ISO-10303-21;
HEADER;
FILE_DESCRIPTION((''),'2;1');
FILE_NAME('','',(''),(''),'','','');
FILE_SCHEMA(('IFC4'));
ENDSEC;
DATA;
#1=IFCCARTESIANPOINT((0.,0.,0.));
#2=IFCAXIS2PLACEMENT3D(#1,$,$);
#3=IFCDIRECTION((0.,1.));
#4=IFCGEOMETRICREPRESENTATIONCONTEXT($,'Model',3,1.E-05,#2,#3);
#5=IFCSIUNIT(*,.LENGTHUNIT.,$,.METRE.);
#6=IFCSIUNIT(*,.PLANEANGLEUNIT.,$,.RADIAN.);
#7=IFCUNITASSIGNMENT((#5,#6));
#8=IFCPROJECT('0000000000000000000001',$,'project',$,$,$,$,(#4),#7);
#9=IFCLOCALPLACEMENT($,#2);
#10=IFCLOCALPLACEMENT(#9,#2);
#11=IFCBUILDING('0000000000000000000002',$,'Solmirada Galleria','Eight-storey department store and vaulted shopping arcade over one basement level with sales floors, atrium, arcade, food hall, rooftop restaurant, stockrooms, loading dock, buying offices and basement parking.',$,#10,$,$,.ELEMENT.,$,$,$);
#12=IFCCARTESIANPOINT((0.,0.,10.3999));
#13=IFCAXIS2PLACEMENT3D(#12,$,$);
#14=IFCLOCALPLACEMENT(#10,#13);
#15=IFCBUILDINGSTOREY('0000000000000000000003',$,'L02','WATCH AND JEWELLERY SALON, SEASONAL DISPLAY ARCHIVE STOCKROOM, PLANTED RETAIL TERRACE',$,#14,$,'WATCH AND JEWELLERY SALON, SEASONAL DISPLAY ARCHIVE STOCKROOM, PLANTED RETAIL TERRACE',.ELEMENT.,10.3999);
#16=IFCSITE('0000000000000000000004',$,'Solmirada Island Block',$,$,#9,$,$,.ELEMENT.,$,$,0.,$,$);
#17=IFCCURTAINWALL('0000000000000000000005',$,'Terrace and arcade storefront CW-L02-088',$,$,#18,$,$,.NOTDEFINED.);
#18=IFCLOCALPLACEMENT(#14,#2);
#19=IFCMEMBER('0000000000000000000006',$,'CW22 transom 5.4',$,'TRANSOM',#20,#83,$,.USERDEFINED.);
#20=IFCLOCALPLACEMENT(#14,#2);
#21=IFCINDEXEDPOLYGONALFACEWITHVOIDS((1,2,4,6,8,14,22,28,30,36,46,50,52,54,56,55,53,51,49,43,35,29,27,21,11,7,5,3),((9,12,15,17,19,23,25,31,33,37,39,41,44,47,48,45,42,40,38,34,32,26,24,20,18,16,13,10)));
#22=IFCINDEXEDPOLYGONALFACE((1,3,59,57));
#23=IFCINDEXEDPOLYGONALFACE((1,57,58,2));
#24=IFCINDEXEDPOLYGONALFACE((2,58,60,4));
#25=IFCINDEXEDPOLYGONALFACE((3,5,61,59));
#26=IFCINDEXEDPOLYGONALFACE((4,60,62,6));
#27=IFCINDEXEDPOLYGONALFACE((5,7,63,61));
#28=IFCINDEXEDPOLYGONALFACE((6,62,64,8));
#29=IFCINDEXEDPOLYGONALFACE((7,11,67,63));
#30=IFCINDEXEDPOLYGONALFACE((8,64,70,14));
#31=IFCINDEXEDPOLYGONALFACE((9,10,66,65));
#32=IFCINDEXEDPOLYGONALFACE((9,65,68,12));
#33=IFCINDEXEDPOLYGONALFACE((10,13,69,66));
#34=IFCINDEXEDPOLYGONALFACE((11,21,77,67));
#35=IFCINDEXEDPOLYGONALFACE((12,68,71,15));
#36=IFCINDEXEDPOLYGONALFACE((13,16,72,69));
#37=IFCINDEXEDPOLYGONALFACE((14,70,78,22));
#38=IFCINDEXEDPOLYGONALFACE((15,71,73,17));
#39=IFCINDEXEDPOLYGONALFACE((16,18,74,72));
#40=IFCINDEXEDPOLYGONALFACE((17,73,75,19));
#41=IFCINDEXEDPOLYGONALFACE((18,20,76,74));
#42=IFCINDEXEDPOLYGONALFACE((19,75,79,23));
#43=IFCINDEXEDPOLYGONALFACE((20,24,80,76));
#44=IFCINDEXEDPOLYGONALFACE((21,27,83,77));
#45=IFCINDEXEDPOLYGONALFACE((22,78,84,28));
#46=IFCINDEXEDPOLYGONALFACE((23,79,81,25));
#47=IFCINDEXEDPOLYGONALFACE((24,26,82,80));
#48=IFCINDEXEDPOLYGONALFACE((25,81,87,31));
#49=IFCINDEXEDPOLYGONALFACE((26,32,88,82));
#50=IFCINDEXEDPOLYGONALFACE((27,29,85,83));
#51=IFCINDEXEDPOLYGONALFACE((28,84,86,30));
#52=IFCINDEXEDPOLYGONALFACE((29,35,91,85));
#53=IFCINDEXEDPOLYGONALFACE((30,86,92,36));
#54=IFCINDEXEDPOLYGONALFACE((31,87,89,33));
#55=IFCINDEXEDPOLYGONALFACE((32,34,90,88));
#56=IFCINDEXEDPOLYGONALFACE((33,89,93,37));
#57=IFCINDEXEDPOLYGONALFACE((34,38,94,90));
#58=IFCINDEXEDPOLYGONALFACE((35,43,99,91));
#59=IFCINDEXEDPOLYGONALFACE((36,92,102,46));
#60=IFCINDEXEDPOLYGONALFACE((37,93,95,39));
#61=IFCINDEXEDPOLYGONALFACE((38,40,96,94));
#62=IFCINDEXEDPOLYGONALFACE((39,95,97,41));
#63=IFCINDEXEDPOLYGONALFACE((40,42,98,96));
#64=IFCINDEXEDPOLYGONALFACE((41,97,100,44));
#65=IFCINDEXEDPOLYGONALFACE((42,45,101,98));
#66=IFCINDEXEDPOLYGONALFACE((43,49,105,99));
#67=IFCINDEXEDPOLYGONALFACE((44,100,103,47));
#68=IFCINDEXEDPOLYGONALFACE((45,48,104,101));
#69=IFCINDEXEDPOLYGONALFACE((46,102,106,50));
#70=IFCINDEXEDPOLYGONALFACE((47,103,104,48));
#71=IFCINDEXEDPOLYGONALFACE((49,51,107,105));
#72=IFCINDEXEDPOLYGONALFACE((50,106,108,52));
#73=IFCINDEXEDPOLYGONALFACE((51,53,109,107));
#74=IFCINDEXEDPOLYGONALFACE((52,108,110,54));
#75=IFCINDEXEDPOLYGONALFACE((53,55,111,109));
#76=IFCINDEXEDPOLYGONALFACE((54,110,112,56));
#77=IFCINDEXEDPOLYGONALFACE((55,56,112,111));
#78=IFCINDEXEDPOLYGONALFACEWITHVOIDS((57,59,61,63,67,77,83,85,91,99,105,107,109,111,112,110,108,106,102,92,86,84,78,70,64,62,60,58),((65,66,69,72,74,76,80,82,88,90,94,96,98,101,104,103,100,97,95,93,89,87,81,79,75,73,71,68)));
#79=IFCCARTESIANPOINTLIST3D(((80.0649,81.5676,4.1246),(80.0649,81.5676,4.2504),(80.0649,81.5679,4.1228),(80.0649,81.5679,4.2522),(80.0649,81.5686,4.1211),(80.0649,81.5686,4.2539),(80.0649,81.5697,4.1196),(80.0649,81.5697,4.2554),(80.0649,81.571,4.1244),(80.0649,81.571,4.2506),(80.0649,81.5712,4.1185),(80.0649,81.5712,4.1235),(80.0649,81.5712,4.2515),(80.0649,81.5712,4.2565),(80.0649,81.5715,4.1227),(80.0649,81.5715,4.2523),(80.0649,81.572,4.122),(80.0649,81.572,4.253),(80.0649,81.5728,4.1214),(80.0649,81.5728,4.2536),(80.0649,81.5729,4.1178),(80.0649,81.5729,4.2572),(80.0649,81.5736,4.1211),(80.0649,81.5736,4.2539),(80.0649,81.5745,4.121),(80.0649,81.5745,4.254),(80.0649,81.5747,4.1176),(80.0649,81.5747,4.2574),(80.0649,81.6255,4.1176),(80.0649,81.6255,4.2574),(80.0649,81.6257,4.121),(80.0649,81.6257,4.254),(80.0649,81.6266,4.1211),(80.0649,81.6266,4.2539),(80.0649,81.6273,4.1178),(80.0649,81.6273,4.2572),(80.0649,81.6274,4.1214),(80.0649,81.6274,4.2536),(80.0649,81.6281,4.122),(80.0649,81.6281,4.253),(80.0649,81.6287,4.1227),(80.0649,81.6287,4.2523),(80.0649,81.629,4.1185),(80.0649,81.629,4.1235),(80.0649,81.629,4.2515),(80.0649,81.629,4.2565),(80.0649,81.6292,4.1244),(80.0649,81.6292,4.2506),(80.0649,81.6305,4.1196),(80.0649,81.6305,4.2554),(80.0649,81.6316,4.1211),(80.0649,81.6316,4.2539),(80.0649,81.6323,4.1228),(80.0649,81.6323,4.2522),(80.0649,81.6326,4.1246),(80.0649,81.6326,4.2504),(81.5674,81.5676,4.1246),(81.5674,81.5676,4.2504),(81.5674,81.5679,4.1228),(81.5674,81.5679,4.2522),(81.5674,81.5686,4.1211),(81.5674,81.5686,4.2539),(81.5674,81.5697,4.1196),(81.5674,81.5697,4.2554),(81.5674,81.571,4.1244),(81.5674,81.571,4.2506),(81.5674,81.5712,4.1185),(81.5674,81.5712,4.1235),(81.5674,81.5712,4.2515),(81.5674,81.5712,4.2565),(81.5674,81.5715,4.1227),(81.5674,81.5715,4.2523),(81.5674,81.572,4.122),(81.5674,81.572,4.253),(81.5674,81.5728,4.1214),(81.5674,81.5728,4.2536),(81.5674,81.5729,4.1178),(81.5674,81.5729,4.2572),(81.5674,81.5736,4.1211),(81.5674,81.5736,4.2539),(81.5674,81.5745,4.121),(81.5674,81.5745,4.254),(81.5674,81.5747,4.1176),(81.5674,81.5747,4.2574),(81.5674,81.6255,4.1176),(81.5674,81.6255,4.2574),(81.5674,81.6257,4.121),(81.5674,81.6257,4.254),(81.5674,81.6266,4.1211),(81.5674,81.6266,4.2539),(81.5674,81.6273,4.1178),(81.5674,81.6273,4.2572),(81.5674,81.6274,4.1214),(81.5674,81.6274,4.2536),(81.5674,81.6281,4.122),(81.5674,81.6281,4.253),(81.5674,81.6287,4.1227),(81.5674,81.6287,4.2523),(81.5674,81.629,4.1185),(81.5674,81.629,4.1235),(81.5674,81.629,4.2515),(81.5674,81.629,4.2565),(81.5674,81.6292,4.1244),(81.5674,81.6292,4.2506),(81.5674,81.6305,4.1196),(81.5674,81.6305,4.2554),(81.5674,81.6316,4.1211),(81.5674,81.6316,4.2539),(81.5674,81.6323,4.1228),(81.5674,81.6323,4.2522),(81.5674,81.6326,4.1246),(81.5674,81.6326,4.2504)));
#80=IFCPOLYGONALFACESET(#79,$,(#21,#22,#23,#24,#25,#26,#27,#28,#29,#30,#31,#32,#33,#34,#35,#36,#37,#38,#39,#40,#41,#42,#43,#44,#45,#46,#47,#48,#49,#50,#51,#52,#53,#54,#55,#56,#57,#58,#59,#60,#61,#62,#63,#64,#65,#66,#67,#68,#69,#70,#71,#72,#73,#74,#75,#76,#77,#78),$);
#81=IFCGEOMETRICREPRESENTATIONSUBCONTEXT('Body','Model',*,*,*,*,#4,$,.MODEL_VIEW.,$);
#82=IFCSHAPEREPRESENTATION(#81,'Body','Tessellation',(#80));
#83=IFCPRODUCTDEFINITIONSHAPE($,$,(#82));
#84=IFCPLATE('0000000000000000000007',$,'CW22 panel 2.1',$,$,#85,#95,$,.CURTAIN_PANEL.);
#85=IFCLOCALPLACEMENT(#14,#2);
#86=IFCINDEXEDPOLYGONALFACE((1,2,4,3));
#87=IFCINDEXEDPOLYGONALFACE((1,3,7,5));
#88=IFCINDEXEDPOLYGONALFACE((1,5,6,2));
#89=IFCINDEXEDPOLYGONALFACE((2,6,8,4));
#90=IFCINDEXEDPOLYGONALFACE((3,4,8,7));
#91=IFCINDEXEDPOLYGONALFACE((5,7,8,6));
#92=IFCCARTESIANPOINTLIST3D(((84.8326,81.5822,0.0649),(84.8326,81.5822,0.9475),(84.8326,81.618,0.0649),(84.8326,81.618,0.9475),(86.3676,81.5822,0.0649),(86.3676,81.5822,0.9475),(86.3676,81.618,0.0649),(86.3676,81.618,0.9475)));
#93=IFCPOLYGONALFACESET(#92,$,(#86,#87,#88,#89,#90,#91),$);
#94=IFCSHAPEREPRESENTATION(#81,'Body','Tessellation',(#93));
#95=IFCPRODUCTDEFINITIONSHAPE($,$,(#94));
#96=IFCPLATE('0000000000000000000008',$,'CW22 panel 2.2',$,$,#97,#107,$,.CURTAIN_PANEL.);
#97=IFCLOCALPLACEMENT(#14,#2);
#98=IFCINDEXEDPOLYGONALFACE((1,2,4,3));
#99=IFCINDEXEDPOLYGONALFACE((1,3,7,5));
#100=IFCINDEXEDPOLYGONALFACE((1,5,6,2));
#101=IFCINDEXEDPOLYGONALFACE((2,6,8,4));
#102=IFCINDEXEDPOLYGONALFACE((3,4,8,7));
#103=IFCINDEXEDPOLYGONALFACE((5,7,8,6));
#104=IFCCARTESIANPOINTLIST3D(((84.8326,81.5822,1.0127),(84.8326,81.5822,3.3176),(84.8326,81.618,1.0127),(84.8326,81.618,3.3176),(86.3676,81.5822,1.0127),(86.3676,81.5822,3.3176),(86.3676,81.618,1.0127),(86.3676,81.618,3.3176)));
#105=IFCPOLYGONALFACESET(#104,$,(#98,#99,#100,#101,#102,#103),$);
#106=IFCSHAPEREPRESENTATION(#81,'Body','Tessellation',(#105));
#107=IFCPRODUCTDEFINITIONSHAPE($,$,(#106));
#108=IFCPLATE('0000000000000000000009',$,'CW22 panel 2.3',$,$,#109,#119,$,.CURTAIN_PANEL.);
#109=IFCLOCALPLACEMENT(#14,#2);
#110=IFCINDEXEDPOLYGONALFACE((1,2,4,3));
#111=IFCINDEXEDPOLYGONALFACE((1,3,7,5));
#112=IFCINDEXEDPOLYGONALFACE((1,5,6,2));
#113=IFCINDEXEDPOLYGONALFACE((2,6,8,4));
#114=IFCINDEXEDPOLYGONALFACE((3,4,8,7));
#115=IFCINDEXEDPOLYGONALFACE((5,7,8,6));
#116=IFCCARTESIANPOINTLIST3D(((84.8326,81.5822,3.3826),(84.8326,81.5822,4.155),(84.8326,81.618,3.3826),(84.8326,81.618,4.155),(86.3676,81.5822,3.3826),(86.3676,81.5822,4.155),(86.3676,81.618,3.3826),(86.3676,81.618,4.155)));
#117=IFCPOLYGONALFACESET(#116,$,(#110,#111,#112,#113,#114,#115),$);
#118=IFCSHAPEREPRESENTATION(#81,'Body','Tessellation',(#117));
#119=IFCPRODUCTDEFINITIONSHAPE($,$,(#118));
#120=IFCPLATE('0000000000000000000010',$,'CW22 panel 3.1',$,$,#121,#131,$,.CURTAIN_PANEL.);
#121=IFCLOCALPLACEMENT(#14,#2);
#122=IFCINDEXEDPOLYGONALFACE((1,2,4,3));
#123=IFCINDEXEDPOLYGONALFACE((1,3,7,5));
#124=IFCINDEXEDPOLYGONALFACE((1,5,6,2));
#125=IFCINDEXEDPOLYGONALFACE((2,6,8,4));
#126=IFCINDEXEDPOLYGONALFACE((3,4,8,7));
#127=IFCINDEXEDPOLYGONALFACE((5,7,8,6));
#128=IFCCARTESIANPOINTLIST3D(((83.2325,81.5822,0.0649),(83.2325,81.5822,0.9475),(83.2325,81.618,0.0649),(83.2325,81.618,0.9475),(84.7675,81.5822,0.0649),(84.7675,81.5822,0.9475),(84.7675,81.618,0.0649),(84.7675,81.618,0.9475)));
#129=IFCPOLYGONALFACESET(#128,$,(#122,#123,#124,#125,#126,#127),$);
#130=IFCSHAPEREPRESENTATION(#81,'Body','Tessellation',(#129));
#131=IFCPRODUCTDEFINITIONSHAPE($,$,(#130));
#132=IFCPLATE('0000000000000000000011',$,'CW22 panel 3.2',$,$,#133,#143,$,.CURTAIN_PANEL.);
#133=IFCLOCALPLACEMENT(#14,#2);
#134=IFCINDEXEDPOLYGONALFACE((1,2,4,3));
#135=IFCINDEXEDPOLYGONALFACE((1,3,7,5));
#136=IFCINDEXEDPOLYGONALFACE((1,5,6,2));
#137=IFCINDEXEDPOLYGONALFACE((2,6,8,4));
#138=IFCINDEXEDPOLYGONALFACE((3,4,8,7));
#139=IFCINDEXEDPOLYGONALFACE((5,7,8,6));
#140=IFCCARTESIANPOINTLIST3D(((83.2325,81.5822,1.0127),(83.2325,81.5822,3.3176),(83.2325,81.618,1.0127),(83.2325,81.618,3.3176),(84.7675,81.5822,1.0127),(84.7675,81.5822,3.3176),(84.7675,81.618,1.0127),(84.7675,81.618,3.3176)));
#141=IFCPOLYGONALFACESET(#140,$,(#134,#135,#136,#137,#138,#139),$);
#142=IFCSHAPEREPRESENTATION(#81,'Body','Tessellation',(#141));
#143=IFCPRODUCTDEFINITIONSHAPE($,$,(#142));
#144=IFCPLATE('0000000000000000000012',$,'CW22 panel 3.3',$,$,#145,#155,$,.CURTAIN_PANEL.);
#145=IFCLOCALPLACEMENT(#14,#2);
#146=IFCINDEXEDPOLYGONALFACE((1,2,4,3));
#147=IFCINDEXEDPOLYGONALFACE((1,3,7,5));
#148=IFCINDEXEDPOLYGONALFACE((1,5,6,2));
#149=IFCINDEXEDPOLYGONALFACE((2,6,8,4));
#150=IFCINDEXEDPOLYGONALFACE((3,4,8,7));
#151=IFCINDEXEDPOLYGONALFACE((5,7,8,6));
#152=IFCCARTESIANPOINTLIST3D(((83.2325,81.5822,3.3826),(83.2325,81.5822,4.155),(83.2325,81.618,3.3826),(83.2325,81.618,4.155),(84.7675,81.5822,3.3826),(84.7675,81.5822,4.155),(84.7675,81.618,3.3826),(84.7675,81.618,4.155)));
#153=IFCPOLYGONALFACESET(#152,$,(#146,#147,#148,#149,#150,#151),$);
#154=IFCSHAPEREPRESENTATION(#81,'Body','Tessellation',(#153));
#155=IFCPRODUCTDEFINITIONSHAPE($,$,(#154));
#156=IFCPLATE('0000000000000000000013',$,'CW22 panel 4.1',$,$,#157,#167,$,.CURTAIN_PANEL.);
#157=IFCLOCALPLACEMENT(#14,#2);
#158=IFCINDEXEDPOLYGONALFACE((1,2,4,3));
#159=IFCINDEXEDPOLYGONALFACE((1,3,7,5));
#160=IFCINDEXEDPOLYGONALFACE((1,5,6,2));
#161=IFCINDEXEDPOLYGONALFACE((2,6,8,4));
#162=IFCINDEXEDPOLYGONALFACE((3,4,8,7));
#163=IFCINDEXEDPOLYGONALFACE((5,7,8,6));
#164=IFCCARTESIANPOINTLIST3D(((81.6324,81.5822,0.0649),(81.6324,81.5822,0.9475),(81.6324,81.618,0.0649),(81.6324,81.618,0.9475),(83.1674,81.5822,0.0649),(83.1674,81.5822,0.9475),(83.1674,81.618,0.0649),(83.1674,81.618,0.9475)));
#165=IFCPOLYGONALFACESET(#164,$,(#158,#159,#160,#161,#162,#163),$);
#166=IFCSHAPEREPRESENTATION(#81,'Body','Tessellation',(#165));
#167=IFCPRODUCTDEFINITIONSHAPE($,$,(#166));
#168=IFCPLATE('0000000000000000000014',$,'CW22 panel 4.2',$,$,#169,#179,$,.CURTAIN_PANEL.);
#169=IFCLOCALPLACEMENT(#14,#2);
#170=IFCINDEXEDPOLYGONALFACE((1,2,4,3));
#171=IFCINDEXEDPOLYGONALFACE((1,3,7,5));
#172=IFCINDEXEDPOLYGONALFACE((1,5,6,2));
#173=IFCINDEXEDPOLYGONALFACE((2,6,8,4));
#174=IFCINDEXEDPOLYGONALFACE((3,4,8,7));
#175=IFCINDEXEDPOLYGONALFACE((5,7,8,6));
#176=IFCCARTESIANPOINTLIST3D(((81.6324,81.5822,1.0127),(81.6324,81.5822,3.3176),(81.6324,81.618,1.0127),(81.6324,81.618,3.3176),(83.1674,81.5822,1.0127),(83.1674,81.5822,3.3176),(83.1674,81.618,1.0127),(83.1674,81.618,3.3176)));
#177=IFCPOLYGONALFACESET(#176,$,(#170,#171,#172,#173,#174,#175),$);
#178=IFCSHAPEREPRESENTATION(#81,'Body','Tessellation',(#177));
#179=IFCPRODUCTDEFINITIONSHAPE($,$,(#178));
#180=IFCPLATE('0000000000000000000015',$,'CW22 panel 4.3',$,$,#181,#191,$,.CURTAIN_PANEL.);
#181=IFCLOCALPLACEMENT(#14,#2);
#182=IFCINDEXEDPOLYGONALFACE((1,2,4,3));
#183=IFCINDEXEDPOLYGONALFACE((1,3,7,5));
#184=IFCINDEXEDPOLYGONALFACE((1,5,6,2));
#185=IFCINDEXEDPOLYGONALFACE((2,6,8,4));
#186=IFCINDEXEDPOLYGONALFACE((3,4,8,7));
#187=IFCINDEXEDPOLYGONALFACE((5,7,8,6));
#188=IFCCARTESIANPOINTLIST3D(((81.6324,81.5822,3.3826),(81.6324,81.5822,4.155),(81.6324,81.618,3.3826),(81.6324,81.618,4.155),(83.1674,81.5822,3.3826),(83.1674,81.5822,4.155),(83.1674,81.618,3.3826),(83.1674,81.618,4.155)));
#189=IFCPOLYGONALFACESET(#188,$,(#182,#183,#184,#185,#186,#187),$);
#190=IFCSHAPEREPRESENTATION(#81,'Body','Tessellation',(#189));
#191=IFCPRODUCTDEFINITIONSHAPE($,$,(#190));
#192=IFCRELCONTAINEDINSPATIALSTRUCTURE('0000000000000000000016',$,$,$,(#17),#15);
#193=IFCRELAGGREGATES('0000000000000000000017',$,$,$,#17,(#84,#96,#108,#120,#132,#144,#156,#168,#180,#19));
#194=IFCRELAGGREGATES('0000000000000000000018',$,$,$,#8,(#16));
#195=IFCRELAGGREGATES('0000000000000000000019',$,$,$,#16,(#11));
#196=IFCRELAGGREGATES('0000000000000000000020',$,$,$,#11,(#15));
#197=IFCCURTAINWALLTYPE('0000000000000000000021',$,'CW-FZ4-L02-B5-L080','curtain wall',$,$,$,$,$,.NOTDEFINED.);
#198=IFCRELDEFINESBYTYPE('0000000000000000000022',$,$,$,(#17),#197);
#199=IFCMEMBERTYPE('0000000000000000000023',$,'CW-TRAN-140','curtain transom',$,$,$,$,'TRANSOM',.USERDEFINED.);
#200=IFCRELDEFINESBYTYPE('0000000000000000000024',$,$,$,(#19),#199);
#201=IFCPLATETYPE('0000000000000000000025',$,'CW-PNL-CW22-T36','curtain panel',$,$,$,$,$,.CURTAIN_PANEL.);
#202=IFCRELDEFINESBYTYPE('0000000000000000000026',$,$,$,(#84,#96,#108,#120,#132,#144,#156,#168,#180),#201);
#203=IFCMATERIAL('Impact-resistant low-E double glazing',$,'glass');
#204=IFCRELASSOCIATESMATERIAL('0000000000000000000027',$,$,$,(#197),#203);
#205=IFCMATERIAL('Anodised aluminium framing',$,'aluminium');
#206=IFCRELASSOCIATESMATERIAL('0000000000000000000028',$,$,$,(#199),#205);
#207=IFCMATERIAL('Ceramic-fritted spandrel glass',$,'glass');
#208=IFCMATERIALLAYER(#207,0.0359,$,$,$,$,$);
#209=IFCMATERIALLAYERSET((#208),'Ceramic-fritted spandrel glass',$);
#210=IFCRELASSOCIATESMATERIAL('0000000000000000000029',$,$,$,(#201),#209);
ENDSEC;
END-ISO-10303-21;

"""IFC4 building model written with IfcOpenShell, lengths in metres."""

from ifc_helpers import new_model, si_unit, direction, frame, origin, origin_2d, place, context, subcontext, project, spatial, rectangle, hollow_rectangle, extrude, material, layer, layer_set, material_profile, profile_set, type_object, element, aggregate, save


model = new_model("IFC4")

# Units and contexts
model_context = context("Model", 3, precision=1e-05, world=origin(), true_north=direction((0.0, 1.0)))
body_context = subcontext(model_context, "Body", "Model", "MODEL_VIEW")
ifc_project = project(units=[si_unit("LENGTHUNIT", "METRE"), si_unit("PLANEANGLEUNIT", "RADIAN")], contexts=[model_context])

# Site, building, storey
site_placement = place(None, origin())
site = spatial("IfcSite", under=ifc_project, at=site_placement, Name="Solmirada Island Block", CompositionType="ELEMENT", RefElevation=0.0)
building_placement = place(site_placement, origin())
building = spatial("IfcBuilding", under=site, at=building_placement, Name="Solmirada Galleria", Description="Eight-storey department store and vaulted shopping arcade over one basement level with sales floors, atrium, arcade, food hall, rooftop restaurant, stockrooms, loading dock, buying offices and basement parking.", CompositionType="ELEMENT")
storey_placement = place(building_placement, frame((0.0, 0.0, 10.3999)))
storey = spatial("IfcBuildingStorey", under=building, at=storey_placement, Name="L02", Description="WATCH AND JEWELLERY SALON, SEASONAL DISPLAY ARCHIVE STOCKROOM, PLANTED RETAIL TERRACE", LongName="WATCH AND JEWELLERY SALON, SEASONAL DISPLAY ARCHIVE STOCKROOM, PLANTED RETAIL TERRACE", CompositionType="ELEMENT", Elevation=10.3999)

# Curtain wall, member, plates
ifc_material_1 = material(Name="Impact-resistant low-E double glazing", Category="glass")
curtain_wall_type = type_object("IfcCurtainWallType", Name="CW-FZ4-L02-B5-L080", Description="curtain wall", PredefinedType="NOTDEFINED", material=ifc_material_1)
curtain_wall_placement = place(storey_placement, origin())
curtain_wall = element("IfcCurtainWall", 1, at=curtain_wall_placement, inside=storey, type_object=curtain_wall_type, Name="Terrace and arcade storefront CW-L02-088", PredefinedType="NOTDEFINED")
ifc_material_2 = material(Name="Anodised aluminium framing", Category="aluminium")
ifc_material_profile_1 = material_profile(ifc_material_2, hollow_rectangle(XDim=0.0649, YDim=0.1399, WallThickness=0.0034, InnerFilletRadius=0.0034, OuterFilletRadius=0.0071, at=origin_2d()), Name="ALU-TRAN-140X65")
ifc_profile_set_1 = profile_set([ifc_material_profile_1], Name="Anodised aluminium framing")
member_type_1 = type_object("IfcMemberType", Name="CW-TRAN-140", Description="curtain transom", ElementType="TRANSOM", PredefinedType="USERDEFINED", material=ifc_profile_set_1)
member_1_placement = place(storey_placement, frame((81.5674, 81.6001, 4.1875), z_axis=(-1.0, 0.0, 0.0), x_axis=(0.0, -1.0, 0.0)))
member_1 = element("IfcMember", 2, at=member_1_placement, type_object=member_type_1, Name="CW22 transom 5.4", ObjectType="TRANSOM", PredefinedType="USERDEFINED", context=body_context, shape_type="SweptSolid", body=[
    extrude(hollow_rectangle(XDim=0.0649, YDim=0.1399, WallThickness=0.0034, InnerFilletRadius=0.0034, OuterFilletRadius=0.0071, at=origin_2d()), origin(), (0.0, 0.0, 1.0), 1.5024),
])
ifc_material_3 = material(Name="Ceramic-fritted spandrel glass", Category="glass")
ifc_layer = layer(ifc_material_3, 0.0359)
ifc_layer_set = layer_set([ifc_layer], Name="Ceramic-fritted spandrel glass")
plate_type = type_object("IfcPlateType", Name="CW-PNL-CW22-T36", Description="curtain panel", PredefinedType="CURTAIN_PANEL", material=ifc_layer_set)
plate_1_placement = place(storey_placement, frame((85.6001, 81.6001, 0.0649), z_axis=(0.0, 0.0, 1.0), x_axis=(-1.0, 0.0, 0.0)))
plate_1 = element("IfcPlate", 3, at=plate_1_placement, type_object=plate_type, Name="CW22 panel 2.1", PredefinedType="CURTAIN_PANEL", context=body_context, shape_type="SweptSolid", body=[
    extrude(rectangle(XDim=1.5349, YDim=0.0359, at=origin_2d()), origin(), (0.0, 0.0, 1.0), 0.8826),
])
plate_2_placement = place(storey_placement, frame((85.6001, 81.6001, 1.0127), z_axis=(0.0, 0.0, 1.0), x_axis=(-1.0, 0.0, 0.0)))
plate_2 = element("IfcPlate", 4, at=plate_2_placement, type_object=plate_type, Name="CW22 panel 2.2", PredefinedType="CURTAIN_PANEL", context=body_context, shape_type="SweptSolid", body=[
    extrude(rectangle(XDim=1.5349, YDim=0.0359, at=origin_2d()), origin(), (0.0, 0.0, 1.0), 2.3049),
])
plate_3_placement = place(storey_placement, frame((85.6001, 81.6001, 3.3826), z_axis=(0.0, 0.0, 1.0), x_axis=(-1.0, 0.0, 0.0)))
plate_3 = element("IfcPlate", 5, at=plate_3_placement, type_object=plate_type, Name="CW22 panel 2.3", PredefinedType="CURTAIN_PANEL", context=body_context, shape_type="SweptSolid", body=[
    extrude(rectangle(XDim=1.5349, YDim=0.0359, at=origin_2d()), origin(), (0.0, 0.0, 1.0), 0.7725),
])
plate_4_placement = place(storey_placement, frame((84.0, 81.6001, 0.0649), z_axis=(0.0, 0.0, 1.0), x_axis=(-1.0, 0.0, 0.0)))
plate_4 = element("IfcPlate", 6, at=plate_4_placement, type_object=plate_type, Name="CW22 panel 3.1", PredefinedType="CURTAIN_PANEL", context=body_context, shape_type="SweptSolid", body=[
    extrude(rectangle(XDim=1.5349, YDim=0.0359, at=origin_2d()), origin(), (0.0, 0.0, 1.0), 0.8826),
])
plate_5_placement = place(storey_placement, frame((84.0, 81.6001, 1.0127), z_axis=(0.0, 0.0, 1.0), x_axis=(-1.0, 0.0, 0.0)))
plate_5 = element("IfcPlate", 7, at=plate_5_placement, type_object=plate_type, Name="CW22 panel 3.2", PredefinedType="CURTAIN_PANEL", context=body_context, shape_type="SweptSolid", body=[
    extrude(rectangle(XDim=1.5349, YDim=0.0359, at=origin_2d()), origin(), (0.0, 0.0, 1.0), 2.3049),
])
plate_6_placement = place(storey_placement, frame((84.0, 81.6001, 3.3826), z_axis=(0.0, 0.0, 1.0), x_axis=(-1.0, 0.0, 0.0)))
plate_6 = element("IfcPlate", 8, at=plate_6_placement, type_object=plate_type, Name="CW22 panel 3.3", PredefinedType="CURTAIN_PANEL", context=body_context, shape_type="SweptSolid", body=[
    extrude(rectangle(XDim=1.5349, YDim=0.0359, at=origin_2d()), origin(), (0.0, 0.0, 1.0), 0.7725),
])
plate_7_placement = place(storey_placement, frame((82.3999, 81.6001, 0.0649), z_axis=(0.0, 0.0, 1.0), x_axis=(-1.0, 0.0, 0.0)))
plate_7 = element("IfcPlate", 9, at=plate_7_placement, type_object=plate_type, Name="CW22 panel 4.1", PredefinedType="CURTAIN_PANEL", context=body_context, shape_type="SweptSolid", body=[
    extrude(rectangle(XDim=1.5349, YDim=0.0359, at=origin_2d()), origin(), (0.0, 0.0, 1.0), 0.8826),
])
plate_8_placement = place(storey_placement, frame((82.3999, 81.6001, 1.0127), z_axis=(0.0, 0.0, 1.0), x_axis=(-1.0, 0.0, 0.0)))
plate_8 = element("IfcPlate", 10, at=plate_8_placement, type_object=plate_type, Name="CW22 panel 4.2", PredefinedType="CURTAIN_PANEL", context=body_context, shape_type="SweptSolid", body=[
    extrude(rectangle(XDim=1.5349, YDim=0.0359, at=origin_2d()), origin(), (0.0, 0.0, 1.0), 2.3049),
])
plate_9_placement = place(storey_placement, frame((82.3999, 81.6001, 3.3826), z_axis=(0.0, 0.0, 1.0), x_axis=(-1.0, 0.0, 0.0)))
plate_9 = element("IfcPlate", 11, at=plate_9_placement, type_object=plate_type, Name="CW22 panel 4.3", PredefinedType="CURTAIN_PANEL", context=body_context, shape_type="SweptSolid", body=[
    extrude(rectangle(XDim=1.5349, YDim=0.0359, at=origin_2d()), origin(), (0.0, 0.0, 1.0), 0.7725),
])
aggregate(curtain_wall, [plate_1, plate_2, plate_3, plate_4, plate_5, plate_6, plate_7, plate_8, plate_9, member_1])

save(model, "model.ifc")
